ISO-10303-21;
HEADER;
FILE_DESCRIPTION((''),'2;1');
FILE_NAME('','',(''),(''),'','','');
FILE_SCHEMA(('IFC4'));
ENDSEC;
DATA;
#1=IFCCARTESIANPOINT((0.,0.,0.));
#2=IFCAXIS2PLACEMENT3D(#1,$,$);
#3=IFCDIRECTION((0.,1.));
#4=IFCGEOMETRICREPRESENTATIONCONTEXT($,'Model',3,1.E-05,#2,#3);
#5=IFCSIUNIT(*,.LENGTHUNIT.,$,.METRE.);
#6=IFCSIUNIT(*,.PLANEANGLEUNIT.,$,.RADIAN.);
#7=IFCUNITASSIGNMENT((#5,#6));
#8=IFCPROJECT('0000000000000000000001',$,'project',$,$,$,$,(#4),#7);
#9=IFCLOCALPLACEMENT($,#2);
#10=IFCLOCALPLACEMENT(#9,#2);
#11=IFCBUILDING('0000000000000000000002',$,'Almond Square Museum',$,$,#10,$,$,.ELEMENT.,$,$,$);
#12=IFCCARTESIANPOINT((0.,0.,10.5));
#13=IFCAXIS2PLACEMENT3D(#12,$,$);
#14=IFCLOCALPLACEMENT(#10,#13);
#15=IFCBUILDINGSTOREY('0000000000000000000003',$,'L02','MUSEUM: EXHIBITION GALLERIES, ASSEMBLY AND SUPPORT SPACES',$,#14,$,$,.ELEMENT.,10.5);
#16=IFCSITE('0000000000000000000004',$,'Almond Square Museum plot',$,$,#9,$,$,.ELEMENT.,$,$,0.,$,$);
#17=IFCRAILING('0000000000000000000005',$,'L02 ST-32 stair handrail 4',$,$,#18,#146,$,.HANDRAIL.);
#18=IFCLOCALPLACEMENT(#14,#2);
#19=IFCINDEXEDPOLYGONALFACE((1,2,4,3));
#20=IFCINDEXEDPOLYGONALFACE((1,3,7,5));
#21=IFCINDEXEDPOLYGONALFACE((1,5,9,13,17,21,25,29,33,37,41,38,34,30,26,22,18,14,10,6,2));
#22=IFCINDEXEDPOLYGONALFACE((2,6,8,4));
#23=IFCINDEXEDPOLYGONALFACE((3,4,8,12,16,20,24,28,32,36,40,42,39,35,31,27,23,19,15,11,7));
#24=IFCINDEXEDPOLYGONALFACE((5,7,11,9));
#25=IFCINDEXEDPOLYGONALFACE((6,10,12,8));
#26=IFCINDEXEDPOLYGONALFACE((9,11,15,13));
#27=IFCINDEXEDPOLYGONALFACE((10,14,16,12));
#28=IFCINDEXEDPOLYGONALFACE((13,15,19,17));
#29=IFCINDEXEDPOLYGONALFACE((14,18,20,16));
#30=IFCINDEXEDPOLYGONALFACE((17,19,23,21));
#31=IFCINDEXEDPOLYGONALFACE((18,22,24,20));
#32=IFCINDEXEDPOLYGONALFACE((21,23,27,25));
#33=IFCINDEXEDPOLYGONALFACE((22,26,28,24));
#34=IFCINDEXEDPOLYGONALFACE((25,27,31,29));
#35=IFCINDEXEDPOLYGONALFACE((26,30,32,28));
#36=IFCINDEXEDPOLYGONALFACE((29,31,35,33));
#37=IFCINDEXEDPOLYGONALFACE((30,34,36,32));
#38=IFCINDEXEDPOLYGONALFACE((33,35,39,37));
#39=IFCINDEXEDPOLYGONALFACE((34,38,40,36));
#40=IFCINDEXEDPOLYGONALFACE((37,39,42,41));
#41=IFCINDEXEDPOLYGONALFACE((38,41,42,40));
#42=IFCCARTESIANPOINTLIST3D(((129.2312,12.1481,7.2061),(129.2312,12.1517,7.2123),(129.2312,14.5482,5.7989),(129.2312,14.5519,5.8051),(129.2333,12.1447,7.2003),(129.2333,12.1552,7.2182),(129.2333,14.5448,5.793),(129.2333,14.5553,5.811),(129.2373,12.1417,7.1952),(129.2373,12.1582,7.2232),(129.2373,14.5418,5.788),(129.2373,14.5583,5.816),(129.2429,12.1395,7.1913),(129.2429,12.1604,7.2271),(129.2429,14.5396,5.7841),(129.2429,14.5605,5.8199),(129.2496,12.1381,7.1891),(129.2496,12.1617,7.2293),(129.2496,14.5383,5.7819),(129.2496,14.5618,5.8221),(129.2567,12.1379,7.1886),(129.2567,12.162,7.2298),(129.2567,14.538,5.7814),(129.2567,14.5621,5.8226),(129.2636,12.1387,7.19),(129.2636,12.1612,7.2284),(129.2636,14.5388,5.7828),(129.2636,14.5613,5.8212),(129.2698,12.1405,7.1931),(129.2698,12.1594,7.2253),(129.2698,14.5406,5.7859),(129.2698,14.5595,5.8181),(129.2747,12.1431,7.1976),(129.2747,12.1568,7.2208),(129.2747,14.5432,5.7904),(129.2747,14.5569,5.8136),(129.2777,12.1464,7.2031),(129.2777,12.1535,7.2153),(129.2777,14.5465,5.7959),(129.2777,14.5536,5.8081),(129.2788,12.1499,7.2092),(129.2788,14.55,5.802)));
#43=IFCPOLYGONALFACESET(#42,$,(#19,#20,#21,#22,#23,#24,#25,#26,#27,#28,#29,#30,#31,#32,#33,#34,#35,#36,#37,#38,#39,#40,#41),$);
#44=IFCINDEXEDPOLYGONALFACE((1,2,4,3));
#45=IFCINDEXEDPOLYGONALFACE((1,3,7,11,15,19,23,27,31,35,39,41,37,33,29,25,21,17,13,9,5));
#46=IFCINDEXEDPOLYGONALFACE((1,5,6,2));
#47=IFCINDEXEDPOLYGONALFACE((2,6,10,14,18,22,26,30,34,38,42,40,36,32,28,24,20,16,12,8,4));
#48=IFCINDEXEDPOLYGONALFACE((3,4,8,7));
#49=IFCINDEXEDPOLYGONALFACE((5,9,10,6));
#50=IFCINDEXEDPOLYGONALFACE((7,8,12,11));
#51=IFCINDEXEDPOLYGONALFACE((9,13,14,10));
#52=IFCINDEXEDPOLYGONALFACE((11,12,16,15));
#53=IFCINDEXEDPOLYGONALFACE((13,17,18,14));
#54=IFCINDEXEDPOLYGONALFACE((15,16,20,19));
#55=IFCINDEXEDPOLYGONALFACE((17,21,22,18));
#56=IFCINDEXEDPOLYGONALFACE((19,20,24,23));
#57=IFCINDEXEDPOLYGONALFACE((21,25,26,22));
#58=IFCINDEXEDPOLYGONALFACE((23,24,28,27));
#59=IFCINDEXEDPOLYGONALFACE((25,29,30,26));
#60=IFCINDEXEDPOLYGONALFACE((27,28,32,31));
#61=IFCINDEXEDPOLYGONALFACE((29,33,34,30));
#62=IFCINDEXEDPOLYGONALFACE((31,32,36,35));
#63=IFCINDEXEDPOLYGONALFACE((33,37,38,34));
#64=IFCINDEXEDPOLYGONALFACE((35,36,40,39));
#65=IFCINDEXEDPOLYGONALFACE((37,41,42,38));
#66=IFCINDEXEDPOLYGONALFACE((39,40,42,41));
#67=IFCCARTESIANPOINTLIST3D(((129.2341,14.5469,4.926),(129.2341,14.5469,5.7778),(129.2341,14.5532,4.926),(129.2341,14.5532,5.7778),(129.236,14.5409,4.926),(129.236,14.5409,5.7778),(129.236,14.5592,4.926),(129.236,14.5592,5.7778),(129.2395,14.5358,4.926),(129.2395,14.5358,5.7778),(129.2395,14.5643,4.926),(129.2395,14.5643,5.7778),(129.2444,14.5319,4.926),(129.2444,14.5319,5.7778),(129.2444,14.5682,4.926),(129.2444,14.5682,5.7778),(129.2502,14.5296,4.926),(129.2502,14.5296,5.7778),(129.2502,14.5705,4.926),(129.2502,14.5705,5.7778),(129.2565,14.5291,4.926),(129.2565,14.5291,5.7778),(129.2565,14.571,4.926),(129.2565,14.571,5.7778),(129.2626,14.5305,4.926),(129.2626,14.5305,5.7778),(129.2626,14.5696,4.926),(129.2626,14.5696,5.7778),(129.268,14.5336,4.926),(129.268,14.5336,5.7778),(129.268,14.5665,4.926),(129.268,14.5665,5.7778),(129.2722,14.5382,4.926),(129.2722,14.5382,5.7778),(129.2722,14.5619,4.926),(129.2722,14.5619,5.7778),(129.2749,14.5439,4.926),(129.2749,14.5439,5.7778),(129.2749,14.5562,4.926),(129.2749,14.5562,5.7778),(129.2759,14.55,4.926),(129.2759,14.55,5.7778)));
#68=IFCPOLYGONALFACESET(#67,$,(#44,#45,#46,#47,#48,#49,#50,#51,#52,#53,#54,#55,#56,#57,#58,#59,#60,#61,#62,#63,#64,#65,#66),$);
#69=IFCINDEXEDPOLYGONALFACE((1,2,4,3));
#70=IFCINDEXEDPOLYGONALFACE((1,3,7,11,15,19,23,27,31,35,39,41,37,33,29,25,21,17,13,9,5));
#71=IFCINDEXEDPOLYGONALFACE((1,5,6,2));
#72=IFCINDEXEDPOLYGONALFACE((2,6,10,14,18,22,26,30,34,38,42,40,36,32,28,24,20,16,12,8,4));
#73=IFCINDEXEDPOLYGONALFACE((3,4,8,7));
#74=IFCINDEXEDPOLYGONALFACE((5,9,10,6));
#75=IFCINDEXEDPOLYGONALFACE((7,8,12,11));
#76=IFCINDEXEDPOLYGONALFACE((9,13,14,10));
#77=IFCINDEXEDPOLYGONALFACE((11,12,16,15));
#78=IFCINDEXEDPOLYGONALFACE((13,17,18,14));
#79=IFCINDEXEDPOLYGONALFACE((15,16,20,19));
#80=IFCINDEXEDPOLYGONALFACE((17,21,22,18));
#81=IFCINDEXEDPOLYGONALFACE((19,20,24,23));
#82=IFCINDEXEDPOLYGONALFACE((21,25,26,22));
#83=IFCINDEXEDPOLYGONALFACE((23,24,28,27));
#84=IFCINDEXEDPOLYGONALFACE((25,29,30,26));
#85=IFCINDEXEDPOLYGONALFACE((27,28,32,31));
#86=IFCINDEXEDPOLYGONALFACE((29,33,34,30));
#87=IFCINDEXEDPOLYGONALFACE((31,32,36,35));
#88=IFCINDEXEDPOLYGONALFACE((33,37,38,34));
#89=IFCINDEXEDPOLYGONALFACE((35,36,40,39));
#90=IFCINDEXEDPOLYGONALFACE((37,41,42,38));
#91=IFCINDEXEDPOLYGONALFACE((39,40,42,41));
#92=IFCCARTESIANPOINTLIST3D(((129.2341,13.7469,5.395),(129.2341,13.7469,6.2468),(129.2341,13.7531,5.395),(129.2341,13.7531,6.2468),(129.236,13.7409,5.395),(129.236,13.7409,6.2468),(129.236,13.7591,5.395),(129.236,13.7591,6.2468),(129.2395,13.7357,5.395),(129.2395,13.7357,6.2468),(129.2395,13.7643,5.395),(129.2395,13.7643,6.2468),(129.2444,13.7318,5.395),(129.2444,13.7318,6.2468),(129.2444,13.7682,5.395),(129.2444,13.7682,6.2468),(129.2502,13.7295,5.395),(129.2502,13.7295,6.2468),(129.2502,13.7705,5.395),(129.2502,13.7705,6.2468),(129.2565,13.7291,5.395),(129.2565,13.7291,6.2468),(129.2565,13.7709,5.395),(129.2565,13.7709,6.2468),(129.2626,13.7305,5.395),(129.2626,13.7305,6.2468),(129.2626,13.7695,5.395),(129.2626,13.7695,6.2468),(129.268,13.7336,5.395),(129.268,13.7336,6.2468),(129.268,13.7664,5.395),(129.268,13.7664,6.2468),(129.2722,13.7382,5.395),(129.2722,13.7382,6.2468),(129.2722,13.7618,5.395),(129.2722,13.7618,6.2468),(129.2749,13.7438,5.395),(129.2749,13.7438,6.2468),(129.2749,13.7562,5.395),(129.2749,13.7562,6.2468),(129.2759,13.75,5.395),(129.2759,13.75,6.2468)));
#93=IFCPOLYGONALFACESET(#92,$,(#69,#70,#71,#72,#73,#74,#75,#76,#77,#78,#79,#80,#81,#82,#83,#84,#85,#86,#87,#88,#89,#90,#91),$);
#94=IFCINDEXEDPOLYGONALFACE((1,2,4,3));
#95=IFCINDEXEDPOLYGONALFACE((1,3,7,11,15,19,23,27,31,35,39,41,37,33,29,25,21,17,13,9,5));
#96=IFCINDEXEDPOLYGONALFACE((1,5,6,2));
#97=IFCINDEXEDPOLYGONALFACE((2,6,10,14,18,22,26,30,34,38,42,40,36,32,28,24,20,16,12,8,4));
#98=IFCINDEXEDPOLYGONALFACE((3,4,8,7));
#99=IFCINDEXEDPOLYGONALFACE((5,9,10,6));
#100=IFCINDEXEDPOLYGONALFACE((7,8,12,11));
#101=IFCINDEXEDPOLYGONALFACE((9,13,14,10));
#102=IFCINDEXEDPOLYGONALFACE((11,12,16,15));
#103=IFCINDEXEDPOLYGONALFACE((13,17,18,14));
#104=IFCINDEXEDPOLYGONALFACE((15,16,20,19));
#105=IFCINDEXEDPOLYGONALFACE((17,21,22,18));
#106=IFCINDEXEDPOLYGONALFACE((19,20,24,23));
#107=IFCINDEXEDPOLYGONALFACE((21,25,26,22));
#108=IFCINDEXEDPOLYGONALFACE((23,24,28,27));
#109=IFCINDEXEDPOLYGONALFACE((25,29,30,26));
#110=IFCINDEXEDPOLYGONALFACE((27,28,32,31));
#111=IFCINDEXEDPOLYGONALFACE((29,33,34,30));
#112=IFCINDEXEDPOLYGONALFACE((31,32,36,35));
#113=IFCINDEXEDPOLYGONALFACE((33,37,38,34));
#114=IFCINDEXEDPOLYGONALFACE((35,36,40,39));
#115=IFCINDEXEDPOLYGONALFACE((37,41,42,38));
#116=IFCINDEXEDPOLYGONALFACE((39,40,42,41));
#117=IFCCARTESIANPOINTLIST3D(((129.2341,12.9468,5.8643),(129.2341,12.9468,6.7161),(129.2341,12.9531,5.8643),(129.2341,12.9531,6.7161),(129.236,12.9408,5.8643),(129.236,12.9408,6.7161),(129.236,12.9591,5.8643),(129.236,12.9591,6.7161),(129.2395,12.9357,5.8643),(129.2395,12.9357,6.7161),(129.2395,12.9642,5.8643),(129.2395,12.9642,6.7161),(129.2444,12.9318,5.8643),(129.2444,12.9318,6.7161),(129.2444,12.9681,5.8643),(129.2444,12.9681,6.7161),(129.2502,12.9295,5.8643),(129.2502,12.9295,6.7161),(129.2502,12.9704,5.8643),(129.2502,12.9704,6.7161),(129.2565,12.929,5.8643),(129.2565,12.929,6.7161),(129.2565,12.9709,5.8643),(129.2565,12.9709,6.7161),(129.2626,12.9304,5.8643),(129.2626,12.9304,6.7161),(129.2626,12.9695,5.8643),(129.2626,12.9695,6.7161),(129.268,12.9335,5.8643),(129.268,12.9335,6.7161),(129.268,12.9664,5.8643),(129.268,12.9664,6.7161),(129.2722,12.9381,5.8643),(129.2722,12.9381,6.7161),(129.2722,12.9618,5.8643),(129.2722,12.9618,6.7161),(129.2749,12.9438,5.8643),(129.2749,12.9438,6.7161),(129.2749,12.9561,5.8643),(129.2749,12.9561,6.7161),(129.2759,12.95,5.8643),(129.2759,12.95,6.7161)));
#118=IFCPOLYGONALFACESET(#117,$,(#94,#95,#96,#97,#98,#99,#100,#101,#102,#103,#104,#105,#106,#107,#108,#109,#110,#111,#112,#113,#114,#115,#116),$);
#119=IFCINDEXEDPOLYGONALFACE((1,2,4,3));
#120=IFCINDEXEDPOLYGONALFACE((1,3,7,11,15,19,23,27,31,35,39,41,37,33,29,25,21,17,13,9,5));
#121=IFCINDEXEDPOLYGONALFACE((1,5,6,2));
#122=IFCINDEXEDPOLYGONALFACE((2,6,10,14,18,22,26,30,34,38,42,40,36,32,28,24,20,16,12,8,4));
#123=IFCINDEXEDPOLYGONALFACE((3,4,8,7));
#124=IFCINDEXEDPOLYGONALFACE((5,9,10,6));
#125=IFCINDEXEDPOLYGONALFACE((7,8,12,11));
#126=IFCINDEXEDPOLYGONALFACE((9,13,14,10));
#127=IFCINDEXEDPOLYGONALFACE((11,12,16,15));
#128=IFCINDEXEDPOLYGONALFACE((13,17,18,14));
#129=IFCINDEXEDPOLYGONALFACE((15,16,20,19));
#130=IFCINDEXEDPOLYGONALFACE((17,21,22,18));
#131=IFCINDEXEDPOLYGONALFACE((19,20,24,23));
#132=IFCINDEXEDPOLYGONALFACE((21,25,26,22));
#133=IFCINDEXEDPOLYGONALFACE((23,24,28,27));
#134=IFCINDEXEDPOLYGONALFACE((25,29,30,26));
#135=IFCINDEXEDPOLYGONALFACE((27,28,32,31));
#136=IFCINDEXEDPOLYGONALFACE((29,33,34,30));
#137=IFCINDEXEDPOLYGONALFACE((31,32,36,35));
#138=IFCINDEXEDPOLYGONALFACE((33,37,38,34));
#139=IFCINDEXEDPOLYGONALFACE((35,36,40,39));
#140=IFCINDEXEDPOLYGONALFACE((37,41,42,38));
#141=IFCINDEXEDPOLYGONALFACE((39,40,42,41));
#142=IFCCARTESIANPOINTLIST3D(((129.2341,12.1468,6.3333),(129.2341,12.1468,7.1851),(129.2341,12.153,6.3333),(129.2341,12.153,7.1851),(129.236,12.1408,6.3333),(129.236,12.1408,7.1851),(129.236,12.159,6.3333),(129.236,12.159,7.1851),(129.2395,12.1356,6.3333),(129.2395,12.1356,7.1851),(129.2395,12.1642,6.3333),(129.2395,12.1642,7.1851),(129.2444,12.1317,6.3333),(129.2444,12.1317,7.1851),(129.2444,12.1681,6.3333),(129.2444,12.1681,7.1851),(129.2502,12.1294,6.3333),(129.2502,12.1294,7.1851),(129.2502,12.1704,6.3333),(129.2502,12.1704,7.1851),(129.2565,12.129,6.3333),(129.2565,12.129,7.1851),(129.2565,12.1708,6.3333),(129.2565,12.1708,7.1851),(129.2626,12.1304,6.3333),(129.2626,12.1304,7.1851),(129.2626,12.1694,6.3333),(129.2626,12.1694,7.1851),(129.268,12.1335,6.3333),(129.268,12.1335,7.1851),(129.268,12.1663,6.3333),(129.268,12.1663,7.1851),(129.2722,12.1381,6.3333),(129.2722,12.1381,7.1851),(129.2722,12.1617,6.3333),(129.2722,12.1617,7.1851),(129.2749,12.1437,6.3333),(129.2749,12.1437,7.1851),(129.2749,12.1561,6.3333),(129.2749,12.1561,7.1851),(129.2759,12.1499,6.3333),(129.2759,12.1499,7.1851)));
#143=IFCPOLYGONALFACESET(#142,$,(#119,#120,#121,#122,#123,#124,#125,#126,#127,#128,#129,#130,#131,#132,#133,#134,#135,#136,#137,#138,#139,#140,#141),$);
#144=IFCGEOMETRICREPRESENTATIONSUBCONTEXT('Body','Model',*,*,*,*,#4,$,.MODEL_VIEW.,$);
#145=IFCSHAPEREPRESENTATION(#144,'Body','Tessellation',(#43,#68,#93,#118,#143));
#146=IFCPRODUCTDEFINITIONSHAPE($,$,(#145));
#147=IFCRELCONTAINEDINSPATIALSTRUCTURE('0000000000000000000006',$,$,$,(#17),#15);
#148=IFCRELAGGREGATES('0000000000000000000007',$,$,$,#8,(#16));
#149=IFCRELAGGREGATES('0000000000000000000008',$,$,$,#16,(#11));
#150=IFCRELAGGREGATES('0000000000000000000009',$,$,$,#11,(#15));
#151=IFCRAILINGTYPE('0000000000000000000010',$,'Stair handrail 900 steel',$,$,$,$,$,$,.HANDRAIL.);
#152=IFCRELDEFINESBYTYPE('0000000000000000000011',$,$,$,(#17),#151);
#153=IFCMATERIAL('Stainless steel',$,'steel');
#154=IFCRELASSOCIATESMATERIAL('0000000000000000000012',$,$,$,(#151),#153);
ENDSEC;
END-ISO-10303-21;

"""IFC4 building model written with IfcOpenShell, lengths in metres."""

from ifc_helpers import new_model, si_unit, direction, frame, origin, origin_2d, place, context, subcontext, project, spatial, circle, extrude, material, type_object, element, save


model = new_model("IFC4")

# Units and contexts
model_context = context("Model", 3, precision=1e-05, world=origin(), true_north=direction((0.0, 1.0)))
body_context = subcontext(model_context, "Body", "Model", "MODEL_VIEW")
ifc_project = project(units=[si_unit("LENGTHUNIT", "METRE"), si_unit("PLANEANGLEUNIT", "RADIAN")], contexts=[model_context])

# Site, building, storey
site_placement = place(None, origin())
site = spatial("IfcSite", under=ifc_project, at=site_placement, Name="Almond Square Museum plot", CompositionType="ELEMENT", RefElevation=0.0)
building_placement = place(site_placement, origin())
building = spatial("IfcBuilding", under=site, at=building_placement, Name="Almond Square Museum", CompositionType="ELEMENT")
storey_placement = place(building_placement, frame((0.0, 0.0, 10.5)))
storey = spatial("IfcBuildingStorey", under=building, at=storey_placement, Name="L02", Description="MUSEUM: EXHIBITION GALLERIES, ASSEMBLY AND SUPPORT SPACES", CompositionType="ELEMENT", Elevation=10.5)

# Railing
ifc_material_1 = material(Name="Stainless steel", Category="steel")
railing_type_1 = type_object("IfcRailingType", Name="Stair handrail 900 steel", PredefinedType="HANDRAIL", material=ifc_material_1)
railing_1_placement = place(storey_placement, frame((129.2549, 14.55, 4.926)))
element("IfcRailing", 1, at=railing_1_placement, inside=storey, type_object=railing_type_1, Name="L02 ST-32 stair handrail 4", PredefinedType="HANDRAIL", context=body_context, shape_type="SweptSolid", body=[
    extrude(circle(Radius=0.0239, at=origin_2d()), frame((0.0, 0.0, 0.876), z_axis=(0.0, -0.86266, 0.505785), x_axis=(1.0, 0.0, 0.0)), (0.0, 0.0, 1.0), 2.7822),
    extrude(circle(Radius=0.021, at=origin_2d()), origin(), (0.0, 0.0, 1.0), 0.8518),
    extrude(circle(Radius=0.021, at=origin_2d()), frame((0.0, -0.8, 0.469)), (0.0, 0.0, 1.0), 0.8518),
    extrude(circle(Radius=0.021, at=origin_2d()), frame((0.0, -1.6001, 0.9382)), (0.0, 0.0, 1.0), 0.8518),
    extrude(circle(Radius=0.021, at=origin_2d()), frame((0.0, -2.4001, 1.4072)), (0.0, 0.0, 1.0), 0.8518),
])

save(model, "model.ifc")
